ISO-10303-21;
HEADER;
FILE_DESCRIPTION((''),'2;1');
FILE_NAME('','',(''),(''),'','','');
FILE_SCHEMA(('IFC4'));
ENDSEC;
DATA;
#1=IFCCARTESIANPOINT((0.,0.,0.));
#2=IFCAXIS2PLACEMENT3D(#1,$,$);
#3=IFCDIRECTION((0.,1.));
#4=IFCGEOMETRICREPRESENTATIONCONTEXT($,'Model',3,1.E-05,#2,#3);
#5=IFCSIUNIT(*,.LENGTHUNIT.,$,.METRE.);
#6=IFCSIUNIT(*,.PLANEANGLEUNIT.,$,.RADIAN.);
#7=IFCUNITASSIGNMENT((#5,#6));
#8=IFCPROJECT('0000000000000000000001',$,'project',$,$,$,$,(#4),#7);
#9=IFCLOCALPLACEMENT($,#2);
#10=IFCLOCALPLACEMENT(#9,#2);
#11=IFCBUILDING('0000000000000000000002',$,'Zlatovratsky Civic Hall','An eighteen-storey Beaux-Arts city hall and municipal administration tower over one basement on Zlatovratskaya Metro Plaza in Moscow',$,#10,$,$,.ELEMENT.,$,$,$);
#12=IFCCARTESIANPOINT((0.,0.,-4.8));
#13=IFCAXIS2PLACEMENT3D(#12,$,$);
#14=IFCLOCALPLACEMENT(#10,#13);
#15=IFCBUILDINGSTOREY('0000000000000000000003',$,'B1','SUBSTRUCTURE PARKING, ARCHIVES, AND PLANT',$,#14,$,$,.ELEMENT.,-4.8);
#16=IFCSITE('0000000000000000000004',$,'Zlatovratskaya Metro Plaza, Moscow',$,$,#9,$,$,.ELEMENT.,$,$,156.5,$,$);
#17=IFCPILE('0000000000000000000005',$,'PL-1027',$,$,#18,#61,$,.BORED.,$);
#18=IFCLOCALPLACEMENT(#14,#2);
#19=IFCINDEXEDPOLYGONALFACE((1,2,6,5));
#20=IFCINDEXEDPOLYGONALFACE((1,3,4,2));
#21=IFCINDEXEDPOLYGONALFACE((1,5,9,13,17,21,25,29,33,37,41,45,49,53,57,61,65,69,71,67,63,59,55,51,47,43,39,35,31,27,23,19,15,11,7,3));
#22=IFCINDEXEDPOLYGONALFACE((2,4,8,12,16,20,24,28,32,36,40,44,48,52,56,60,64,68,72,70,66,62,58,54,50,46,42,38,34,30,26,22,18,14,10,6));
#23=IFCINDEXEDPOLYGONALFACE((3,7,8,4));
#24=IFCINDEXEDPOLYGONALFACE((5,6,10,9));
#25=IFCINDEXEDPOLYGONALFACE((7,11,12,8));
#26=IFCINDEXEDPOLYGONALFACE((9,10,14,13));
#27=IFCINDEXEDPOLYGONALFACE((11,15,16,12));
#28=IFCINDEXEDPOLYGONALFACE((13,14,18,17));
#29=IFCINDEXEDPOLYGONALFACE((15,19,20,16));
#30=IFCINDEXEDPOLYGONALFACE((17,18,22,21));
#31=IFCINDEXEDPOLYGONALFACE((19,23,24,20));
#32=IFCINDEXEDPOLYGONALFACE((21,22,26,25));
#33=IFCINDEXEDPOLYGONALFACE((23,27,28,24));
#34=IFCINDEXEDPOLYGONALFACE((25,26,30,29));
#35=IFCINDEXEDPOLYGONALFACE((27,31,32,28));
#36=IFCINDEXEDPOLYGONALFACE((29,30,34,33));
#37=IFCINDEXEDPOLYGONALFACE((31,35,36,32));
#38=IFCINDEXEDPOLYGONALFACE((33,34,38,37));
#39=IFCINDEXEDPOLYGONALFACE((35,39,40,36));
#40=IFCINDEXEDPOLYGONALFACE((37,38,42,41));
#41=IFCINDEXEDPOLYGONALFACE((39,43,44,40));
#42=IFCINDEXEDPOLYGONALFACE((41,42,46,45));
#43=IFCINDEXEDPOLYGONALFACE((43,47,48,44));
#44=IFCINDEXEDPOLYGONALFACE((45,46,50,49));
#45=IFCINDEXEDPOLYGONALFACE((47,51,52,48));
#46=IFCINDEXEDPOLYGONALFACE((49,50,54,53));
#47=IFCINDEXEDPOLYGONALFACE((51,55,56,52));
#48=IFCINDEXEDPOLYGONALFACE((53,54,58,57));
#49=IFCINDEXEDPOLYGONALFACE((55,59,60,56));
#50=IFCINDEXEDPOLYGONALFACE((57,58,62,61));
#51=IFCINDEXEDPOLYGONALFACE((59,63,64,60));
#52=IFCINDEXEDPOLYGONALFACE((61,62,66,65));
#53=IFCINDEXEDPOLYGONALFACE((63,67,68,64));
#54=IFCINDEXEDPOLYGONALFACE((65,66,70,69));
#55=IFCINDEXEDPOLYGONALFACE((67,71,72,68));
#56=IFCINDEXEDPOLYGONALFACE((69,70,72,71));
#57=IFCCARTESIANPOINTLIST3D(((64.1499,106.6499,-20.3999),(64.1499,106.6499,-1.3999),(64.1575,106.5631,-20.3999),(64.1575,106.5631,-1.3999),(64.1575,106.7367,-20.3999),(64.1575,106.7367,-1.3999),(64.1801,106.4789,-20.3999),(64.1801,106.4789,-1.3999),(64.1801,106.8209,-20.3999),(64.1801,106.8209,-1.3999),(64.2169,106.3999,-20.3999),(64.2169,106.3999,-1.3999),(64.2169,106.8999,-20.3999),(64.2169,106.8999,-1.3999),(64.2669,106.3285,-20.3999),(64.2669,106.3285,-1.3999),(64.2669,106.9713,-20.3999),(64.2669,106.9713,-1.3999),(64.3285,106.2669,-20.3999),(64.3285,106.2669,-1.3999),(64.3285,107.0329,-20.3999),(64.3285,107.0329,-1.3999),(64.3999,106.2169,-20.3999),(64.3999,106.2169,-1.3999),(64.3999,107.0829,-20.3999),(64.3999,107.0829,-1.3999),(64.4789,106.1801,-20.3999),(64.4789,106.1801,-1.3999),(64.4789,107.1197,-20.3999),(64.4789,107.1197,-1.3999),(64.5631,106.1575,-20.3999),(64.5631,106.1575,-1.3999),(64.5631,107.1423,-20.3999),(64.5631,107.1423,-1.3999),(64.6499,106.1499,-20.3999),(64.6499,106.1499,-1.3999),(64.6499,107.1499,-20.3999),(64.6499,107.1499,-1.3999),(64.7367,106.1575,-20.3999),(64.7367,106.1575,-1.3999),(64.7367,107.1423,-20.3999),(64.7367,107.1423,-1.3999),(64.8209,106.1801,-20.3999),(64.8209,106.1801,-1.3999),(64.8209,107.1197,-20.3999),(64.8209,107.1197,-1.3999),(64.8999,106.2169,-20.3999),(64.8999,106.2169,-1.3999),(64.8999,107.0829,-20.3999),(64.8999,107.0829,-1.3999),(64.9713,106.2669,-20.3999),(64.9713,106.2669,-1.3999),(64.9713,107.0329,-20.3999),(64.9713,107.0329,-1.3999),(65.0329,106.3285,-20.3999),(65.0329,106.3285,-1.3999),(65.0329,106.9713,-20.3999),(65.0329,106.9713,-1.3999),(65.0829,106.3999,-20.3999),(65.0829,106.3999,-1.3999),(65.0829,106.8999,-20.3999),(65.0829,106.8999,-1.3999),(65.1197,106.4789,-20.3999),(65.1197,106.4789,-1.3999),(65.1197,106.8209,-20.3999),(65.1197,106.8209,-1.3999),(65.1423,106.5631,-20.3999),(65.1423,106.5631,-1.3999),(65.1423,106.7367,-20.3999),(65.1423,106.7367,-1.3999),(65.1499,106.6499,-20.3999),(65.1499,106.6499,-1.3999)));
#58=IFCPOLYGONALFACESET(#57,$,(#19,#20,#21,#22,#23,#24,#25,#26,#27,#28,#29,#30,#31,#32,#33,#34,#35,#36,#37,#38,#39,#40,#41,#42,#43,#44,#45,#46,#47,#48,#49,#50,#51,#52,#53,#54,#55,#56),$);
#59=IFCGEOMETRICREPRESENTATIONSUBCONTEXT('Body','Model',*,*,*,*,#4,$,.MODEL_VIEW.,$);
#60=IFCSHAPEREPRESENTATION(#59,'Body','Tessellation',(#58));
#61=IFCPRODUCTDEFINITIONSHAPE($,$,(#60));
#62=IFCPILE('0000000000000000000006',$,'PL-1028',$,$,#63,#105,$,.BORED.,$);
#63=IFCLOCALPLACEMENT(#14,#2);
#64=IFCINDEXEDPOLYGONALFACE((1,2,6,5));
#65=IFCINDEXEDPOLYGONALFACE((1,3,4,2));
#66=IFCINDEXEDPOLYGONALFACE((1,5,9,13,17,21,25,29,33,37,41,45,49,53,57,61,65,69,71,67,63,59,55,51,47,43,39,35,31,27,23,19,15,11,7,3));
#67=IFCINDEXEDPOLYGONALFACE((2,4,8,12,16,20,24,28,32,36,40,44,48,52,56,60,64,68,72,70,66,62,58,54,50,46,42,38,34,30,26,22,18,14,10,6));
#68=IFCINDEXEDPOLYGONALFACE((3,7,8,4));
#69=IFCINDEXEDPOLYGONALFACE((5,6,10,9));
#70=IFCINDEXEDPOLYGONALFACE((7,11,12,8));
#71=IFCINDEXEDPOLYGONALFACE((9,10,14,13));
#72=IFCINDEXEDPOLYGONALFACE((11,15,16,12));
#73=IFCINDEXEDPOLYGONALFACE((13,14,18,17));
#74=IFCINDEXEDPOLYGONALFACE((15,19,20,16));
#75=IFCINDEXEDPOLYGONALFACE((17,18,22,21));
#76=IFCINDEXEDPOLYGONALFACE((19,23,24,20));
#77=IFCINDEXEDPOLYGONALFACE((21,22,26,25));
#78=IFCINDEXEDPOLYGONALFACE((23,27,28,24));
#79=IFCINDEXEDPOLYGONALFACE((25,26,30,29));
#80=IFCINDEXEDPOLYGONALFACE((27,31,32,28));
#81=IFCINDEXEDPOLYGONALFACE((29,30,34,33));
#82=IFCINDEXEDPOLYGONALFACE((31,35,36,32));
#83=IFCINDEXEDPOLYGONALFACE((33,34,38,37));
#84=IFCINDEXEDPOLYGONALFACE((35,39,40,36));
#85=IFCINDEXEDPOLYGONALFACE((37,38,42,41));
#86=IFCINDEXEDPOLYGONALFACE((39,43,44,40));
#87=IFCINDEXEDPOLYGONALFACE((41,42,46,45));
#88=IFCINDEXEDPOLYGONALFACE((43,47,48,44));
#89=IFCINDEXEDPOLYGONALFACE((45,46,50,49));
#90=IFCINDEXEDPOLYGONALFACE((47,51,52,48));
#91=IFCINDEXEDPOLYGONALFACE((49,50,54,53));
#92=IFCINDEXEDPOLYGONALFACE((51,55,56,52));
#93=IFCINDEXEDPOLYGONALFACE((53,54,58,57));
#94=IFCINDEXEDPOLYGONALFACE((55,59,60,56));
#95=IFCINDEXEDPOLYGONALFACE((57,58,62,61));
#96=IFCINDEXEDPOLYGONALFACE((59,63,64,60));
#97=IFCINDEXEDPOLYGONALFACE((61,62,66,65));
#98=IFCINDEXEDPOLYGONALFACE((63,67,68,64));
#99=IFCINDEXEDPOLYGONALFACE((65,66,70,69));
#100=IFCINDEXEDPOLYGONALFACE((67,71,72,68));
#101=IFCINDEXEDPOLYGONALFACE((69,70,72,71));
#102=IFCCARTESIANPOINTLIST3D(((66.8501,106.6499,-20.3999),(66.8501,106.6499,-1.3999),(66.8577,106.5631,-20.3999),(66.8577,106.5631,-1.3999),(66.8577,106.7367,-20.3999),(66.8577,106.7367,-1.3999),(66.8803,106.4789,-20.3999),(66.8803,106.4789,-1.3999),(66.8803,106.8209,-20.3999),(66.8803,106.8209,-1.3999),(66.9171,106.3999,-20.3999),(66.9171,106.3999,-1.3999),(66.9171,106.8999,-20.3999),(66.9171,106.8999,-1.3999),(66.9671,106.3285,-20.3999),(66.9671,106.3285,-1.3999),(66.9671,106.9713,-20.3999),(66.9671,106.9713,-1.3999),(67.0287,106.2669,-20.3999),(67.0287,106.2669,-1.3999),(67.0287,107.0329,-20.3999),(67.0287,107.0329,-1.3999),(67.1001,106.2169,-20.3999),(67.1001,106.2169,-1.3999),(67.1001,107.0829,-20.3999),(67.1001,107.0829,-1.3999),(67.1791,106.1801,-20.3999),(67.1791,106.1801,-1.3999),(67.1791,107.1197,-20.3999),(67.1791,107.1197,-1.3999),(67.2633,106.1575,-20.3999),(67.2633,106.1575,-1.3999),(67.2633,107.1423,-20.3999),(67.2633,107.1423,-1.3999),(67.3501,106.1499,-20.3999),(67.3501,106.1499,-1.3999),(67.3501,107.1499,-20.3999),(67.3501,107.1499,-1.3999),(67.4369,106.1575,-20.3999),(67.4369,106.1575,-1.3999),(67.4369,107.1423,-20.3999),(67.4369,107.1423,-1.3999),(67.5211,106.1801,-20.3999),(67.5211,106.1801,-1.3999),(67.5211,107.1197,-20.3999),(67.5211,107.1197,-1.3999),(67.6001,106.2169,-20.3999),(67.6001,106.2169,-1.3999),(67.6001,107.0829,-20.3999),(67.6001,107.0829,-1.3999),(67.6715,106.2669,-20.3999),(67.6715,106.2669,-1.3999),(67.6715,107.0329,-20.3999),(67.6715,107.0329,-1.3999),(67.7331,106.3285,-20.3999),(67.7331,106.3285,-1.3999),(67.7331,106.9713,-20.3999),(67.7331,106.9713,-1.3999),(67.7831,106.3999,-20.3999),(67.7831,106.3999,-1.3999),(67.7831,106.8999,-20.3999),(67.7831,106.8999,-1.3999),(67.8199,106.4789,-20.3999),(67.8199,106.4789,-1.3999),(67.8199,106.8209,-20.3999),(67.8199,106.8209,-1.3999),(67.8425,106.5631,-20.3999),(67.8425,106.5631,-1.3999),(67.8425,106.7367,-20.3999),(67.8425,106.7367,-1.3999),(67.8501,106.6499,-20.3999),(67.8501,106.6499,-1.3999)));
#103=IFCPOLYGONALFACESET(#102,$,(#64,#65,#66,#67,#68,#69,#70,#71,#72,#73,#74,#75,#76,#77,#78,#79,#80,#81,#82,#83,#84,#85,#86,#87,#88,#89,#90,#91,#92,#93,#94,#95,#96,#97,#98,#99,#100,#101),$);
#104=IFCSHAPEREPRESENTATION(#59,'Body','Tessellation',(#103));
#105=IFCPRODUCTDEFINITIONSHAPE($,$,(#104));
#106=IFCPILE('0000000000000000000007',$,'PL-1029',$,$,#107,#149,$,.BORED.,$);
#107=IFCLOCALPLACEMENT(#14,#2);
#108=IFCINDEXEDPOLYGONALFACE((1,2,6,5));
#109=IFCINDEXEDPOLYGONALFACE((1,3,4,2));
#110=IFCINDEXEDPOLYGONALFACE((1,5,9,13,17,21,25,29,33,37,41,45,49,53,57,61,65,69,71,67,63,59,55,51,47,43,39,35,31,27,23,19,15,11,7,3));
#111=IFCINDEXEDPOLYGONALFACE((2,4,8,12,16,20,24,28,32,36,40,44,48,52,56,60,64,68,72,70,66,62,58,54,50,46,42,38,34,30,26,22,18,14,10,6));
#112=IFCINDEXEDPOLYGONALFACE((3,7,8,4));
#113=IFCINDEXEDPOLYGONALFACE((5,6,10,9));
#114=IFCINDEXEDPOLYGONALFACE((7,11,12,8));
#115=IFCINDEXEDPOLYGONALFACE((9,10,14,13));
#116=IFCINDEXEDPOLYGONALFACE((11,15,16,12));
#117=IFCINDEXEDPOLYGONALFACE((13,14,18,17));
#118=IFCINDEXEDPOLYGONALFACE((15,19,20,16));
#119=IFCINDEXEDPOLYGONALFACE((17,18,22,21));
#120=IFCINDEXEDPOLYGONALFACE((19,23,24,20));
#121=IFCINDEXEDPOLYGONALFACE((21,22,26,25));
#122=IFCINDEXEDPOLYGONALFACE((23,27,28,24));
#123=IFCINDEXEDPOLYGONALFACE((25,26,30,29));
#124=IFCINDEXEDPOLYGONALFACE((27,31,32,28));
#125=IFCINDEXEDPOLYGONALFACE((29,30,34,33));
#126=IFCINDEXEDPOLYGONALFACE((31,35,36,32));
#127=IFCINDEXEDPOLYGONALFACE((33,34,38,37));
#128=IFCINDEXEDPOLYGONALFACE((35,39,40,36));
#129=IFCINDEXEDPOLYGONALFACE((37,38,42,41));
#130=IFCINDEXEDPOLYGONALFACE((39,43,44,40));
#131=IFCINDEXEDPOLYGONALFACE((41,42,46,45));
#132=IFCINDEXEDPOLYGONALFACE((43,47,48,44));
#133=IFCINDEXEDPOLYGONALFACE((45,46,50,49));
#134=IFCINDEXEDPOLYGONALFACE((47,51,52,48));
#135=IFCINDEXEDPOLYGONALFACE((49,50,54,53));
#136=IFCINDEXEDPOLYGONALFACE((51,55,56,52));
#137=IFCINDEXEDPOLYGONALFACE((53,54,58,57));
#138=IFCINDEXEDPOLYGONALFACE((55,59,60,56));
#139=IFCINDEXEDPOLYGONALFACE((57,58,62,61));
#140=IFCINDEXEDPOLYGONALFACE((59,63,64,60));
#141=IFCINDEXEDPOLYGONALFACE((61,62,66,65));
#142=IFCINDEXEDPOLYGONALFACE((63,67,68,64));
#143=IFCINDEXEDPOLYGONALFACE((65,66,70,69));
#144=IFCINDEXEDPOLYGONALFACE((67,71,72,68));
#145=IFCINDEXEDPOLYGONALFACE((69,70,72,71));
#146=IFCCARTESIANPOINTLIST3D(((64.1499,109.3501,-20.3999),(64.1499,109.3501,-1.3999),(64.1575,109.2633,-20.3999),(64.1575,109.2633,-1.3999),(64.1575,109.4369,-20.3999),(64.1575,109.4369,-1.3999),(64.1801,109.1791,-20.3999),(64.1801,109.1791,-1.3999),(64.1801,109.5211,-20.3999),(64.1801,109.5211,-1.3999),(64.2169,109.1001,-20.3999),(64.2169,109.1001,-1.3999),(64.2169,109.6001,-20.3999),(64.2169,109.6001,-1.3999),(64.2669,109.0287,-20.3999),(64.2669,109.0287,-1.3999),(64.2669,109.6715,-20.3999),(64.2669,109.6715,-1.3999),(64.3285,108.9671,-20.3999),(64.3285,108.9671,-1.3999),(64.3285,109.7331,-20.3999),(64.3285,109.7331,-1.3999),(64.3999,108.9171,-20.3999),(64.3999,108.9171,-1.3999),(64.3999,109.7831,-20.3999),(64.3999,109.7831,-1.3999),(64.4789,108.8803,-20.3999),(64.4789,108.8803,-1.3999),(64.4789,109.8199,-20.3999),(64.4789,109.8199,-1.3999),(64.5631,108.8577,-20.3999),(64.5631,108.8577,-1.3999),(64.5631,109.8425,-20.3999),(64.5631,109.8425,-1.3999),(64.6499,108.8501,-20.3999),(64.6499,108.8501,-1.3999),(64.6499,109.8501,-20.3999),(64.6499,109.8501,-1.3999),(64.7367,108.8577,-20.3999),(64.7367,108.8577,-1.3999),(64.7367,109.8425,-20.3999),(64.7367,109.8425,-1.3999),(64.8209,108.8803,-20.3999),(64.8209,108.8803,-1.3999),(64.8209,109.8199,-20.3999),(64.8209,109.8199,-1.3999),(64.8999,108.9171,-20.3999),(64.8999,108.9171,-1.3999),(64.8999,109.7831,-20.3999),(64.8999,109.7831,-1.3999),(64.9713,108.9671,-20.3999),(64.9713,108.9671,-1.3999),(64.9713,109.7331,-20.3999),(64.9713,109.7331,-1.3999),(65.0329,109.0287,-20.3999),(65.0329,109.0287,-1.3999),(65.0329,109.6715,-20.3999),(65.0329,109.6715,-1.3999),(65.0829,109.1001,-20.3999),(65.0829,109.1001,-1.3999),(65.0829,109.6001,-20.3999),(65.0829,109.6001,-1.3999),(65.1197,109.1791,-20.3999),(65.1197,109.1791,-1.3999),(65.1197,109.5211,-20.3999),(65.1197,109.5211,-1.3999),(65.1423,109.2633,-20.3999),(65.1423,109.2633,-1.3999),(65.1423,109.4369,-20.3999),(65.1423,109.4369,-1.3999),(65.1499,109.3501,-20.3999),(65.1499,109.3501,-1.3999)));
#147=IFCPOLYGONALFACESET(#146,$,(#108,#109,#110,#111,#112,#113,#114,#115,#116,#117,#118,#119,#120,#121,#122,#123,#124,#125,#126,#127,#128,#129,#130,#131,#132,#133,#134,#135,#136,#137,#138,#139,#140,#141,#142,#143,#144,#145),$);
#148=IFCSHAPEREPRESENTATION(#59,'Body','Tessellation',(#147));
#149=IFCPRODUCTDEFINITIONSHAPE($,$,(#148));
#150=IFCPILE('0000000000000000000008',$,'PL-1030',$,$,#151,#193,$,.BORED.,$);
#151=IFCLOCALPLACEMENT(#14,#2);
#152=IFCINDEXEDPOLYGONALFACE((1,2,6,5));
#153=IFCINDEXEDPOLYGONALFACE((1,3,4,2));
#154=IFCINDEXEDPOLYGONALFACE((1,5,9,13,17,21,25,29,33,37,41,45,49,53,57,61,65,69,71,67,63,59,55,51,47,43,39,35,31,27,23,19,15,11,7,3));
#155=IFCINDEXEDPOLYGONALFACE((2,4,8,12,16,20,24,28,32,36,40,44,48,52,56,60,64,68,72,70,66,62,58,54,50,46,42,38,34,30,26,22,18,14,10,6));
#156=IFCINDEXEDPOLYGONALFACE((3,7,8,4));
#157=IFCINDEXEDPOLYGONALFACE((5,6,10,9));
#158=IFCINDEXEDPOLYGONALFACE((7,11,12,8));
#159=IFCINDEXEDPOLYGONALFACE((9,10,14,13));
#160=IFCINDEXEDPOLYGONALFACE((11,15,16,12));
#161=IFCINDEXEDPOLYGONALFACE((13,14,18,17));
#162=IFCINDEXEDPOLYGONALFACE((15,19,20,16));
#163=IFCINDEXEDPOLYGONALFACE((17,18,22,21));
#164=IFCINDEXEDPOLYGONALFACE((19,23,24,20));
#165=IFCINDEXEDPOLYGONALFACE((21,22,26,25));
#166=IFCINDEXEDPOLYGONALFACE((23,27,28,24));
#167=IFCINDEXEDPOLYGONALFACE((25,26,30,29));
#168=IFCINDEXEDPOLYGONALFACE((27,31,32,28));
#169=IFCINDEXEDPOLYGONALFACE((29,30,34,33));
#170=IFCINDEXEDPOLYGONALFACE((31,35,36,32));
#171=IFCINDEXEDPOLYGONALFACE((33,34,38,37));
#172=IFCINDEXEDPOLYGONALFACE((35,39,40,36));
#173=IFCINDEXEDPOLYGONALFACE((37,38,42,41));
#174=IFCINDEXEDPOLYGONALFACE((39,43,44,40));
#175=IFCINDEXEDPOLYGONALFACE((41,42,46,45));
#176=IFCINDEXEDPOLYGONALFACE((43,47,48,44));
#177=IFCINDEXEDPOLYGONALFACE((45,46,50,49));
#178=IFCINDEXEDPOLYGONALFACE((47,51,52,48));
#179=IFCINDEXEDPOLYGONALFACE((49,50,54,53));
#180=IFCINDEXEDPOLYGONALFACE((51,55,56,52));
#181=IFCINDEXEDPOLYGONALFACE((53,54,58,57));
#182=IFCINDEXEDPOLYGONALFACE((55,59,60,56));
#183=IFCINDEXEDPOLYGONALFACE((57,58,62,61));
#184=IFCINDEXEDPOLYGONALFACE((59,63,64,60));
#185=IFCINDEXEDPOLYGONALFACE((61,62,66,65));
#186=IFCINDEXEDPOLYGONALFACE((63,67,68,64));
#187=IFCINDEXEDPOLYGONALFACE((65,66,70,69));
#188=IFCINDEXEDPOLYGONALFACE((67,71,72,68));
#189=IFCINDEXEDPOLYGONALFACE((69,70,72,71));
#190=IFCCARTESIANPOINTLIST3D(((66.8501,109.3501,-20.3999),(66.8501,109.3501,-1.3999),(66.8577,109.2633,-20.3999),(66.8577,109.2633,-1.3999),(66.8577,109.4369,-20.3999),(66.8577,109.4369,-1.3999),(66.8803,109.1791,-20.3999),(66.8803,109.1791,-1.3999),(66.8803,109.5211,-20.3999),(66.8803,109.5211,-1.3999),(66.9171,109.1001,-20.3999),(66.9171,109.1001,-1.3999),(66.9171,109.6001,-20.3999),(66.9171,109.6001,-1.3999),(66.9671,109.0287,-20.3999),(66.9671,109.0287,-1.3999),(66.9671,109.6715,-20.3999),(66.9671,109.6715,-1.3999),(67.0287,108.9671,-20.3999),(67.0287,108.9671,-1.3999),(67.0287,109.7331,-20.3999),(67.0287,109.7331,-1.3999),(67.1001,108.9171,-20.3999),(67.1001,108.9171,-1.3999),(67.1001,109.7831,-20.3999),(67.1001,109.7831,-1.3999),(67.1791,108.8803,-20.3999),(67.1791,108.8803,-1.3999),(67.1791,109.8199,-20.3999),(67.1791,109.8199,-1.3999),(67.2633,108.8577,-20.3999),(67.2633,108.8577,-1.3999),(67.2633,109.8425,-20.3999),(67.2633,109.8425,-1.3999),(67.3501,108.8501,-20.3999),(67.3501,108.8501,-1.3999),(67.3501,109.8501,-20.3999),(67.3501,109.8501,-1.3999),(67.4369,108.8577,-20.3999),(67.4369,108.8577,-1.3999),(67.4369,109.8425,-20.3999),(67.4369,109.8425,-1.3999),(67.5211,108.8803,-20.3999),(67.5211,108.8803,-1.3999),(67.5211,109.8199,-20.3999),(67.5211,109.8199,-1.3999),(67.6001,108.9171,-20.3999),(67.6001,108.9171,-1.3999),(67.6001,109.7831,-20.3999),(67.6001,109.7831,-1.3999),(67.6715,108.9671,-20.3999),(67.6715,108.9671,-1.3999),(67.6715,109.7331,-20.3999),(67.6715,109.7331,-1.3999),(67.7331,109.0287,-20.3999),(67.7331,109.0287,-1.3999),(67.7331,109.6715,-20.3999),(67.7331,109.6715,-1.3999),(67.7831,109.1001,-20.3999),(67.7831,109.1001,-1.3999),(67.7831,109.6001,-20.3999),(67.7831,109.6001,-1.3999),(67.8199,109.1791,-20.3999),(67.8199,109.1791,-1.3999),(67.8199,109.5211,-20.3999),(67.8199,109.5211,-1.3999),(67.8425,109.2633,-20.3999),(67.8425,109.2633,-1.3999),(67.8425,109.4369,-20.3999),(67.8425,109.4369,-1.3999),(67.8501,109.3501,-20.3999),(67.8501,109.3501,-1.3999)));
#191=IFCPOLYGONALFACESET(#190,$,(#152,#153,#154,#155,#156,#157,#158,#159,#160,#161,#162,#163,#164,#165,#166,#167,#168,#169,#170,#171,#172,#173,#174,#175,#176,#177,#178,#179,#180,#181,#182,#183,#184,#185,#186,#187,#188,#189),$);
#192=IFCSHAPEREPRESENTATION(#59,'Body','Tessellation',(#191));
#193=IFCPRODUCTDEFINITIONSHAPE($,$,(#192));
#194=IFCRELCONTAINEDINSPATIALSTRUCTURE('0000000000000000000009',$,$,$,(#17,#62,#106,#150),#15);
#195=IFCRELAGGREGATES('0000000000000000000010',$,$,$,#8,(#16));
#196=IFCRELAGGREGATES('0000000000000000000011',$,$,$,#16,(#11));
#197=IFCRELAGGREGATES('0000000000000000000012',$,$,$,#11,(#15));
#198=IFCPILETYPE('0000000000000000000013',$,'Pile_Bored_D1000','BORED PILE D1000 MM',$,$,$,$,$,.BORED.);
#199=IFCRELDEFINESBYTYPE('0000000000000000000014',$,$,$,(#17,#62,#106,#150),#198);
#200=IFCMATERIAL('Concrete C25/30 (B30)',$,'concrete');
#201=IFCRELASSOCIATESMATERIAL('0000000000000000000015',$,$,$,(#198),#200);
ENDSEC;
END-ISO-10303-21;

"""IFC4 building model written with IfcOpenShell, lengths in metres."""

from ifc_helpers import new_model, si_unit, direction, frame, origin, origin_2d, place, context, subcontext, project, spatial, circle, extrude, material, material_profile, profile_set, type_object, element, save


model = new_model("IFC4")

# Units and contexts
model_context = context("Model", 3, precision=1e-05, world=origin(), true_north=direction((0.0, 1.0)))
body_context = subcontext(model_context, "Body", "Model", "MODEL_VIEW")
ifc_project = project(units=[si_unit("LENGTHUNIT", "METRE"), si_unit("PLANEANGLEUNIT", "RADIAN")], contexts=[model_context])

# Site, building, storey
site_placement = place(None, origin())
site = spatial("IfcSite", under=ifc_project, at=site_placement, Name="Zlatovratskaya Metro Plaza, Moscow", CompositionType="ELEMENT", RefElevation=156.5)
building_placement = place(site_placement, origin())
building = spatial("IfcBuilding", under=site, at=building_placement, Name="Zlatovratsky Civic Hall", Description="An eighteen-storey Beaux-Arts city hall and municipal administration tower over one basement on Zlatovratskaya Metro Plaza in Moscow", CompositionType="ELEMENT")
storey_placement = place(building_placement, frame((0.0, 0.0, -4.8)))
storey = spatial("IfcBuildingStorey", under=building, at=storey_placement, Name="B1", Description="SUBSTRUCTURE PARKING, ARCHIVES, AND PLANT", CompositionType="ELEMENT", Elevation=-4.8)

# Shared definitions
ifc_material_1 = material(Name="Concrete C25/30 (B30)", Category="concrete")

# Piles
ifc_material_profile_1 = material_profile(ifc_material_1, circle(Radius=0.5, at=origin_2d()), Name="PILE D1000")
ifc_profile_set_1 = profile_set([ifc_material_profile_1], Name="Concrete C25/30 (B30)")
pile_type_1 = type_object("IfcPileType", Name="Pile_Bored_D1000", Description="BORED PILE D1000 MM", PredefinedType="BORED", material=ifc_profile_set_1)
for number, where, z_axis, x_axis, name in (
    (1, (64.6499, 106.6499, -1.3999), (0.0, 0.0, -1.0), (1.0, 0.0, 0.0), "PL-1027"),
    (2, (67.3501, 106.6499, -1.3999), (0.0, 0.0, -1.0), (1.0, 0.0, 0.0), "PL-1028"),
    (3, (64.6499, 109.3501, -1.3999), (0.0, 0.0, -1.0), (1.0, 0.0, 0.0), "PL-1029"),
    (4, (67.3501, 109.3501, -1.3999), (0.0, 0.0, -1.0), (1.0, 0.0, 0.0), "PL-1030"),
):
    element("IfcPile", number, at=place(storey_placement, frame(where, z_axis=z_axis, x_axis=x_axis)), inside=storey, type_object=pile_type_1, Name=name, PredefinedType="BORED", context=body_context, shape_type="SweptSolid", body=[
        extrude(circle(Radius=0.5, at=origin_2d()), origin(), (0.0, 0.0, 1.0), 19.0),
    ])

save(model, "model.ifc")
